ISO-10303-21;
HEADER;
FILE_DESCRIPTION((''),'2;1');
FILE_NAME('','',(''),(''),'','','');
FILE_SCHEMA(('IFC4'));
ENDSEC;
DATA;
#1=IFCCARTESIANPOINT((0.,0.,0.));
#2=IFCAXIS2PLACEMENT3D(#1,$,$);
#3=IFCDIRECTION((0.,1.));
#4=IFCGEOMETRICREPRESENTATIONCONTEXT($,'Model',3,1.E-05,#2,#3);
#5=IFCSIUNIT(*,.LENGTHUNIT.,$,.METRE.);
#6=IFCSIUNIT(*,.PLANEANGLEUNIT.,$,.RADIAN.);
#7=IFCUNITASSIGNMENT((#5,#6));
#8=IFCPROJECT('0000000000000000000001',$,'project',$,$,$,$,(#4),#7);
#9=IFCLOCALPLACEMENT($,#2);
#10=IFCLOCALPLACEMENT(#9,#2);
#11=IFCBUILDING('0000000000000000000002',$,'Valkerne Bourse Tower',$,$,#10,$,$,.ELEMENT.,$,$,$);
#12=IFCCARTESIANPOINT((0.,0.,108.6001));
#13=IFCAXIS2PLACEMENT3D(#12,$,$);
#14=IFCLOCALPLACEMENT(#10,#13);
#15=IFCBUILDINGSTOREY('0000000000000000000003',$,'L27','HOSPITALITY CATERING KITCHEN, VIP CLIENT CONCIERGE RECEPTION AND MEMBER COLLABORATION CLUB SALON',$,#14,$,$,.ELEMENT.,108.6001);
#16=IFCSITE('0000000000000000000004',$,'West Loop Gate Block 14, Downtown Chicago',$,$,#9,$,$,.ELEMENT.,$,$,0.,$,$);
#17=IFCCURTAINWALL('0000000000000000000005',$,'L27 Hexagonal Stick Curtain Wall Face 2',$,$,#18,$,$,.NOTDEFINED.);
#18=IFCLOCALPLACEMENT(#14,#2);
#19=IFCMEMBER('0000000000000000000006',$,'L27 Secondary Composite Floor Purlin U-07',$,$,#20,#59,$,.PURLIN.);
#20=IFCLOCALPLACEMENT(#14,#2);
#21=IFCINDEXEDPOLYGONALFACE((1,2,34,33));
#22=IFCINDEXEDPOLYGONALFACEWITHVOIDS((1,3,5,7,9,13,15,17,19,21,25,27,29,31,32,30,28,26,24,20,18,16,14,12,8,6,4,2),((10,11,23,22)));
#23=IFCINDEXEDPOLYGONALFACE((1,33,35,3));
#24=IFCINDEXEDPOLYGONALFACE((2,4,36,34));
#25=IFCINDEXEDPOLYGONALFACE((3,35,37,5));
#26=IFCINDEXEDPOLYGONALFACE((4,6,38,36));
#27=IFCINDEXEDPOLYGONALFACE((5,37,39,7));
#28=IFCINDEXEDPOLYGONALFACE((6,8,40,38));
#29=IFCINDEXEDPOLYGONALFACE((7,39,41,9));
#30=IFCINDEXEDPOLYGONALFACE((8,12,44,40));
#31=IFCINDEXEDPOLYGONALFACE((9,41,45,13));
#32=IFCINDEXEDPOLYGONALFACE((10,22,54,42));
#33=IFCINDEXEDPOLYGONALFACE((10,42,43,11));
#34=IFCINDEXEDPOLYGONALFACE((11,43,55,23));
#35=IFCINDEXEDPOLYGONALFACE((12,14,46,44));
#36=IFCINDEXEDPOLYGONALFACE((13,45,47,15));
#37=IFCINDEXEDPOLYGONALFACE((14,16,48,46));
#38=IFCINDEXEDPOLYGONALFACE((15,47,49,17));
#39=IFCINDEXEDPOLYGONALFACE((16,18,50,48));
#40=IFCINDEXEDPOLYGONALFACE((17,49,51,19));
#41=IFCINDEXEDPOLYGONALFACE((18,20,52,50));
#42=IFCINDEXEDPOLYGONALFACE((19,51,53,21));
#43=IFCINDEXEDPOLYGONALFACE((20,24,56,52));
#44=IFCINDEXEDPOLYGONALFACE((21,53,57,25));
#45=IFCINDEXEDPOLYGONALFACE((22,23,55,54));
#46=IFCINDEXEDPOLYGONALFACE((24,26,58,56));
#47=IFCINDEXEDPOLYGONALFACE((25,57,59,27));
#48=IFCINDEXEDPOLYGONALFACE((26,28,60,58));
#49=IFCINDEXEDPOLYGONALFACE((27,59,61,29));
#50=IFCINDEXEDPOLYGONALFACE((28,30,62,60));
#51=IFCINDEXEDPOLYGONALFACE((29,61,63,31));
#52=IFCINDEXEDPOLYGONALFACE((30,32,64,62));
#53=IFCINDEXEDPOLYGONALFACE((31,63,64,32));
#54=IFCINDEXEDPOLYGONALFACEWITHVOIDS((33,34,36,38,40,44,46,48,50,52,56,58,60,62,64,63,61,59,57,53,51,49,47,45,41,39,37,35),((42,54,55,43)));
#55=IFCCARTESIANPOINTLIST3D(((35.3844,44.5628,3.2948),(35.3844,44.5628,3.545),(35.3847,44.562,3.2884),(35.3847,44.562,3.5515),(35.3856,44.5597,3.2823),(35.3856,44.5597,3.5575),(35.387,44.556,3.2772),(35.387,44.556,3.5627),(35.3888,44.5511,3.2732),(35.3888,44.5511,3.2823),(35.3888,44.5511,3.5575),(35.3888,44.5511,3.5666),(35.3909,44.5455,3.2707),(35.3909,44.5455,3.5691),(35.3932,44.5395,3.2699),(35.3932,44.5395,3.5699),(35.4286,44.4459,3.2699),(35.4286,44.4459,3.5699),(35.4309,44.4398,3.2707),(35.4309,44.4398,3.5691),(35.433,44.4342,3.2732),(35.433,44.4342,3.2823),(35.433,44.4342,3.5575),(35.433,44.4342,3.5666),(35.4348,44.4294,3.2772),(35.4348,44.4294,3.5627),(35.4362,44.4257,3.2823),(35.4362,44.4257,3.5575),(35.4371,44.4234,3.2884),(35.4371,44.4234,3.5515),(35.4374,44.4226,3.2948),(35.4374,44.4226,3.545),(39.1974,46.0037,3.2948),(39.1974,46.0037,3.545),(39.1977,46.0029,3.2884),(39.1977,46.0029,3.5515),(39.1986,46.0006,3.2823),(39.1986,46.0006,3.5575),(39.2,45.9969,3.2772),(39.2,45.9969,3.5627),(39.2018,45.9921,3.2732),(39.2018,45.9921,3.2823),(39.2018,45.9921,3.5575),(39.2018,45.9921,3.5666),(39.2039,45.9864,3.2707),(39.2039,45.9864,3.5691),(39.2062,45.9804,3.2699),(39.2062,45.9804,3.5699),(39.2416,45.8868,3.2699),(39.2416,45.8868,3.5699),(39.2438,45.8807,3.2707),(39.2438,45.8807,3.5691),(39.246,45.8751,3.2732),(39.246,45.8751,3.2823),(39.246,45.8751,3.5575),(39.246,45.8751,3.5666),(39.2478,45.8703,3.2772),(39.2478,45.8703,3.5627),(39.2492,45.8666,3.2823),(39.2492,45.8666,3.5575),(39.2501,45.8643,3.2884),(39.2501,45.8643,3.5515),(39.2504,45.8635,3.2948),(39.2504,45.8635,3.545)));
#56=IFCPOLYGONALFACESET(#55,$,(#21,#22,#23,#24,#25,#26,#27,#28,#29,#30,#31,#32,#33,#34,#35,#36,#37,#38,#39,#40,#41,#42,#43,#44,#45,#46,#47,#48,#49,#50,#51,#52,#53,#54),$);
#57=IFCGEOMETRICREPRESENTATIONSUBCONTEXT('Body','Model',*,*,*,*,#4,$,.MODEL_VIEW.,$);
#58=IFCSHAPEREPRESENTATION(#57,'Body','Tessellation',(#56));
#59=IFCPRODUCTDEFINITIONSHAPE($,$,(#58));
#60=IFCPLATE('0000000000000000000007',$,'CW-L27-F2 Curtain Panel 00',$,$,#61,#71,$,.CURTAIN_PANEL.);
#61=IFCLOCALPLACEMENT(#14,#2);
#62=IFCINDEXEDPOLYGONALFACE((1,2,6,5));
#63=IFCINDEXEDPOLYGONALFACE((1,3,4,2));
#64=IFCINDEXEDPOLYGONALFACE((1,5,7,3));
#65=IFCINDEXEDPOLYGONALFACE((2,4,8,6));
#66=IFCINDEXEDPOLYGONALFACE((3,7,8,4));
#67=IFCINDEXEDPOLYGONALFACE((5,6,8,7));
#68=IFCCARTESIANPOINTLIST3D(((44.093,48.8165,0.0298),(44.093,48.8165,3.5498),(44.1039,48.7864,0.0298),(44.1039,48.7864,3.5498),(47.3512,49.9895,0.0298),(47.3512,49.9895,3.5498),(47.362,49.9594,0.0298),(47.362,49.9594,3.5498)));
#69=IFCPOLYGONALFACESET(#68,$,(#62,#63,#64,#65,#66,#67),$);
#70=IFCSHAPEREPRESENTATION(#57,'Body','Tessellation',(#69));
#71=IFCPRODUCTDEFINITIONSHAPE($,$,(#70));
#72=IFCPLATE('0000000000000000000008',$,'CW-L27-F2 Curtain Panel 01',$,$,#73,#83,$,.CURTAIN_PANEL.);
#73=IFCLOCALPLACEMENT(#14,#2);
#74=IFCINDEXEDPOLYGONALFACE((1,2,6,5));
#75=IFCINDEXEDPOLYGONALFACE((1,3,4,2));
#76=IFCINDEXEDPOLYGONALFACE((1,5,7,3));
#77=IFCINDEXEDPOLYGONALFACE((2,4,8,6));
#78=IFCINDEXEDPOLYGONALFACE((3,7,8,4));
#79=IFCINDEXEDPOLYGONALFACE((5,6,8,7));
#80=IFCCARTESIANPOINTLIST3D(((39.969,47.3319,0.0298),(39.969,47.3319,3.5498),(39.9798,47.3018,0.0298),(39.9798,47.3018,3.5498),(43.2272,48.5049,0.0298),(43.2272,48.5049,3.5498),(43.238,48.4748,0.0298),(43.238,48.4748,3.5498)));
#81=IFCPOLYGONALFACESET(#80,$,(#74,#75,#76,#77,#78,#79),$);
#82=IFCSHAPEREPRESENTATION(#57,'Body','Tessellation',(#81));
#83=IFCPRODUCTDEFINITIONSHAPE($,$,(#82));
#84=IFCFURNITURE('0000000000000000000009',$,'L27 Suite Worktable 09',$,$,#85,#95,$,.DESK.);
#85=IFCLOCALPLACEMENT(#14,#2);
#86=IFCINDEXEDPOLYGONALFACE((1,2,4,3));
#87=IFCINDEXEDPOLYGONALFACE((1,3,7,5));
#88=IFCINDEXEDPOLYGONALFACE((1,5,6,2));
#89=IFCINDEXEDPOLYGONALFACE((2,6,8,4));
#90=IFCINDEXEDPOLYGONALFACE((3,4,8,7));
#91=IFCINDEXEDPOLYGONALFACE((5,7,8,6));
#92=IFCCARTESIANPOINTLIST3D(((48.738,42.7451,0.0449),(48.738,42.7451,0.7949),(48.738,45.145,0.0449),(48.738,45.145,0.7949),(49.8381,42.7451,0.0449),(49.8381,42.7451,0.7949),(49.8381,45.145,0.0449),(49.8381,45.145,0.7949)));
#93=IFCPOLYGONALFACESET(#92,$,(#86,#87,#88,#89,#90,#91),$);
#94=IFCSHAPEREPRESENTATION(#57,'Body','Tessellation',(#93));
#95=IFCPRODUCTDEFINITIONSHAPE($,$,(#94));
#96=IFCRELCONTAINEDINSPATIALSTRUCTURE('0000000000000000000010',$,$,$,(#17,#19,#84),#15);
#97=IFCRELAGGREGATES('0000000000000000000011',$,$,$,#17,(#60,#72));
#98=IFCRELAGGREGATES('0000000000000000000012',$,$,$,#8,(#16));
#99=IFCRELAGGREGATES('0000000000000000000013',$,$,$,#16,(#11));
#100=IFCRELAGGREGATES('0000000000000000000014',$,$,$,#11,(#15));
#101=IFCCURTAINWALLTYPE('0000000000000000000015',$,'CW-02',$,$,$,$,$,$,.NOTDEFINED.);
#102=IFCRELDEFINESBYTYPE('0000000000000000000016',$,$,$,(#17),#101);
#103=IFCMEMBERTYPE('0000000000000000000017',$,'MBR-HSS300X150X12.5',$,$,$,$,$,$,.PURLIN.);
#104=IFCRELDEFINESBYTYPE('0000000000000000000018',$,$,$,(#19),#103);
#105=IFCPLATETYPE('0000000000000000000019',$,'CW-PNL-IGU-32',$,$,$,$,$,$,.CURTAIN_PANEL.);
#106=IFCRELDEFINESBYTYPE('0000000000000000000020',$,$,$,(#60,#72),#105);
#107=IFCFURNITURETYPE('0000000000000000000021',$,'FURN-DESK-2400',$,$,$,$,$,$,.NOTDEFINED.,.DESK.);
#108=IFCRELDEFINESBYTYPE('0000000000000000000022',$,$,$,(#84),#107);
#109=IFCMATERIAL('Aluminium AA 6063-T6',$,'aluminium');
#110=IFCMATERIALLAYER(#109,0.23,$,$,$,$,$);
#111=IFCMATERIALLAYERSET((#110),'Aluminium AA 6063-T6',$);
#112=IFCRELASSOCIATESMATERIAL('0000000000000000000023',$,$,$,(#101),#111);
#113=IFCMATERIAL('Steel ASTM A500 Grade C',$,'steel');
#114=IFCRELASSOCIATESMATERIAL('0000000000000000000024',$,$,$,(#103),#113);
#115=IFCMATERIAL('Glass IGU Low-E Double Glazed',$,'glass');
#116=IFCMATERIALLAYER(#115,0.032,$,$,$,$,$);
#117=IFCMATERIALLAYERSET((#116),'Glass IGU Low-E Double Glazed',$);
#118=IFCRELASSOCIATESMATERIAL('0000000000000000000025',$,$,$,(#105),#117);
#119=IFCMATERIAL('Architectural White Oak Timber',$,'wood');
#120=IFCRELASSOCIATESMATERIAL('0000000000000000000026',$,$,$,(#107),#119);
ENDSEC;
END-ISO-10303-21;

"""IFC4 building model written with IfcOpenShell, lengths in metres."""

from ifc_helpers import new_model, si_unit, direction, frame, origin, origin_2d, place, context, subcontext, project, spatial, rectangle, hollow_rectangle, extrude, material, layer, layer_set, material_profile, profile_set, type_object, element, aggregate, save


model = new_model("IFC4")

# Units and contexts
model_context = context("Model", 3, precision=1e-05, world=origin(), true_north=direction((0.0, 1.0)))
body_context = subcontext(model_context, "Body", "Model", "MODEL_VIEW")
ifc_project = project(units=[si_unit("LENGTHUNIT", "METRE"), si_unit("PLANEANGLEUNIT", "RADIAN")], contexts=[model_context])

# Site, building, storey
site_placement = place(None, origin())
site = spatial("IfcSite", under=ifc_project, at=site_placement, Name="West Loop Gate Block 14, Downtown Chicago", CompositionType="ELEMENT", RefElevation=0.0)
building_placement = place(site_placement, origin())
building = spatial("IfcBuilding", under=site, at=building_placement, Name="Valkerne Bourse Tower", CompositionType="ELEMENT")
storey_placement = place(building_placement, frame((0.0, 0.0, 108.6001)))
storey = spatial("IfcBuildingStorey", under=building, at=storey_placement, Name="L27", Description="HOSPITALITY CATERING KITCHEN, VIP CLIENT CONCIERGE RECEPTION AND MEMBER COLLABORATION CLUB SALON", CompositionType="ELEMENT", Elevation=108.6001)

# Curtain wall
ifc_material_1 = material(Name="Aluminium AA 6063-T6", Category="aluminium")
ifc_layer_1 = layer(ifc_material_1, 0.23)
ifc_layer_set_1 = layer_set([ifc_layer_1], Name="Aluminium AA 6063-T6")
curtain_wall_type = type_object("IfcCurtainWallType", Name="CW-02", PredefinedType="NOTDEFINED", material=ifc_layer_set_1)
curtain_wall_placement = place(storey_placement, origin())
curtain_wall = element("IfcCurtainWall", 1, at=curtain_wall_placement, inside=storey, type_object=curtain_wall_type, Name="L27 Hexagonal Stick Curtain Wall Face 2", PredefinedType="NOTDEFINED")

# Member
ifc_material_2 = material(Name="Steel ASTM A500 Grade C", Category="steel")
ifc_material_profile_1 = material_profile(ifc_material_2, hollow_rectangle(XDim=0.1499, YDim=0.3, WallThickness=0.0125, OuterFilletRadius=0.0249, at=origin_2d()), Name="HSS300X150X12.5")
ifc_profile_set_1 = profile_set([ifc_material_profile_1], Name="Steel ASTM A500 Grade C")
member_type_1 = type_object("IfcMemberType", Name="MBR-HSS300X150X12.5", PredefinedType="PURLIN", material=ifc_profile_set_1)
for number, where, z_axis, x_axis, name in (
    (2, (39.2239, 45.9336, 3.4199), (-0.935435, -0.353498, 0.0), (0.353498, -0.935435, 0.0), "L27 Secondary Composite Floor Purlin U-07"),
):
    element("IfcMember", number, at=place(storey_placement, frame(where, z_axis=z_axis, x_axis=x_axis)), inside=storey, type_object=member_type_1, Name=name, PredefinedType="PURLIN", context=body_context, shape_type="SweptSolid", body=[
        extrude(hollow_rectangle(XDim=0.1499, YDim=0.3, WallThickness=0.0125, OuterFilletRadius=0.0249, at=origin_2d()), origin(), (0.0, 0.0, 1.0), 4.0762),
    ])

# Plates
ifc_material_3 = material(Name="Glass IGU Low-E Double Glazed", Category="glass")
ifc_layer_2 = layer(ifc_material_3, 0.032)
ifc_layer_set_2 = layer_set([ifc_layer_2], Name="Glass IGU Low-E Double Glazed")
plate_type = type_object("IfcPlateType", Name="CW-PNL-IGU-32", PredefinedType="CURTAIN_PANEL", material=ifc_layer_set_2)
plate_1_placement = place(storey_placement, frame((45.7275, 49.3879, 0.0298), z_axis=(0.0, 0.0, 1.0), x_axis=(-0.94088, -0.338739, 0.0)))
plate_1 = element("IfcPlate", 3, at=plate_1_placement, type_object=plate_type, Name="CW-L27-F2 Curtain Panel 00", PredefinedType="CURTAIN_PANEL", context=body_context, shape_type="SweptSolid", body=[
    extrude(rectangle(XDim=3.4629, YDim=0.032, at=origin_2d()), origin(), (0.0, 0.0, 1.0), 3.52),
])
plate_2_placement = place(storey_placement, frame((41.6035, 47.9033, 0.0298), z_axis=(0.0, 0.0, 1.0), x_axis=(-0.94088, -0.338739, 0.0)))
plate_2 = element("IfcPlate", 4, at=plate_2_placement, type_object=plate_type, Name="CW-L27-F2 Curtain Panel 01", PredefinedType="CURTAIN_PANEL", context=body_context, shape_type="SweptSolid", body=[
    extrude(rectangle(XDim=3.4629, YDim=0.032, at=origin_2d()), origin(), (0.0, 0.0, 1.0), 3.52),
])
aggregate(curtain_wall, [plate_1, plate_2])

# Furniture
ifc_material_4 = material(Name="Architectural White Oak Timber", Category="wood")
furniture_type = type_object("IfcFurnitureType", Name="FURN-DESK-2400", AssemblyPlace="NOTDEFINED", PredefinedType="DESK", material=ifc_material_4)
furniture_placement = place(storey_placement, frame((49.2881, 43.9451, 0.0449), z_axis=(0.0, 0.0, 1.0), x_axis=(0.0, 1.0, 0.0)))
element("IfcFurniture", 5, at=furniture_placement, inside=storey, type_object=furniture_type, Name="L27 Suite Worktable 09", PredefinedType="DESK", context=body_context, shape_type="SweptSolid", body=[
    extrude(rectangle(XDim=2.3999, YDim=1.1001, at=origin_2d()), origin(), (0.0, 0.0, 1.0), 0.75),
])

save(model, "model.ifc")
